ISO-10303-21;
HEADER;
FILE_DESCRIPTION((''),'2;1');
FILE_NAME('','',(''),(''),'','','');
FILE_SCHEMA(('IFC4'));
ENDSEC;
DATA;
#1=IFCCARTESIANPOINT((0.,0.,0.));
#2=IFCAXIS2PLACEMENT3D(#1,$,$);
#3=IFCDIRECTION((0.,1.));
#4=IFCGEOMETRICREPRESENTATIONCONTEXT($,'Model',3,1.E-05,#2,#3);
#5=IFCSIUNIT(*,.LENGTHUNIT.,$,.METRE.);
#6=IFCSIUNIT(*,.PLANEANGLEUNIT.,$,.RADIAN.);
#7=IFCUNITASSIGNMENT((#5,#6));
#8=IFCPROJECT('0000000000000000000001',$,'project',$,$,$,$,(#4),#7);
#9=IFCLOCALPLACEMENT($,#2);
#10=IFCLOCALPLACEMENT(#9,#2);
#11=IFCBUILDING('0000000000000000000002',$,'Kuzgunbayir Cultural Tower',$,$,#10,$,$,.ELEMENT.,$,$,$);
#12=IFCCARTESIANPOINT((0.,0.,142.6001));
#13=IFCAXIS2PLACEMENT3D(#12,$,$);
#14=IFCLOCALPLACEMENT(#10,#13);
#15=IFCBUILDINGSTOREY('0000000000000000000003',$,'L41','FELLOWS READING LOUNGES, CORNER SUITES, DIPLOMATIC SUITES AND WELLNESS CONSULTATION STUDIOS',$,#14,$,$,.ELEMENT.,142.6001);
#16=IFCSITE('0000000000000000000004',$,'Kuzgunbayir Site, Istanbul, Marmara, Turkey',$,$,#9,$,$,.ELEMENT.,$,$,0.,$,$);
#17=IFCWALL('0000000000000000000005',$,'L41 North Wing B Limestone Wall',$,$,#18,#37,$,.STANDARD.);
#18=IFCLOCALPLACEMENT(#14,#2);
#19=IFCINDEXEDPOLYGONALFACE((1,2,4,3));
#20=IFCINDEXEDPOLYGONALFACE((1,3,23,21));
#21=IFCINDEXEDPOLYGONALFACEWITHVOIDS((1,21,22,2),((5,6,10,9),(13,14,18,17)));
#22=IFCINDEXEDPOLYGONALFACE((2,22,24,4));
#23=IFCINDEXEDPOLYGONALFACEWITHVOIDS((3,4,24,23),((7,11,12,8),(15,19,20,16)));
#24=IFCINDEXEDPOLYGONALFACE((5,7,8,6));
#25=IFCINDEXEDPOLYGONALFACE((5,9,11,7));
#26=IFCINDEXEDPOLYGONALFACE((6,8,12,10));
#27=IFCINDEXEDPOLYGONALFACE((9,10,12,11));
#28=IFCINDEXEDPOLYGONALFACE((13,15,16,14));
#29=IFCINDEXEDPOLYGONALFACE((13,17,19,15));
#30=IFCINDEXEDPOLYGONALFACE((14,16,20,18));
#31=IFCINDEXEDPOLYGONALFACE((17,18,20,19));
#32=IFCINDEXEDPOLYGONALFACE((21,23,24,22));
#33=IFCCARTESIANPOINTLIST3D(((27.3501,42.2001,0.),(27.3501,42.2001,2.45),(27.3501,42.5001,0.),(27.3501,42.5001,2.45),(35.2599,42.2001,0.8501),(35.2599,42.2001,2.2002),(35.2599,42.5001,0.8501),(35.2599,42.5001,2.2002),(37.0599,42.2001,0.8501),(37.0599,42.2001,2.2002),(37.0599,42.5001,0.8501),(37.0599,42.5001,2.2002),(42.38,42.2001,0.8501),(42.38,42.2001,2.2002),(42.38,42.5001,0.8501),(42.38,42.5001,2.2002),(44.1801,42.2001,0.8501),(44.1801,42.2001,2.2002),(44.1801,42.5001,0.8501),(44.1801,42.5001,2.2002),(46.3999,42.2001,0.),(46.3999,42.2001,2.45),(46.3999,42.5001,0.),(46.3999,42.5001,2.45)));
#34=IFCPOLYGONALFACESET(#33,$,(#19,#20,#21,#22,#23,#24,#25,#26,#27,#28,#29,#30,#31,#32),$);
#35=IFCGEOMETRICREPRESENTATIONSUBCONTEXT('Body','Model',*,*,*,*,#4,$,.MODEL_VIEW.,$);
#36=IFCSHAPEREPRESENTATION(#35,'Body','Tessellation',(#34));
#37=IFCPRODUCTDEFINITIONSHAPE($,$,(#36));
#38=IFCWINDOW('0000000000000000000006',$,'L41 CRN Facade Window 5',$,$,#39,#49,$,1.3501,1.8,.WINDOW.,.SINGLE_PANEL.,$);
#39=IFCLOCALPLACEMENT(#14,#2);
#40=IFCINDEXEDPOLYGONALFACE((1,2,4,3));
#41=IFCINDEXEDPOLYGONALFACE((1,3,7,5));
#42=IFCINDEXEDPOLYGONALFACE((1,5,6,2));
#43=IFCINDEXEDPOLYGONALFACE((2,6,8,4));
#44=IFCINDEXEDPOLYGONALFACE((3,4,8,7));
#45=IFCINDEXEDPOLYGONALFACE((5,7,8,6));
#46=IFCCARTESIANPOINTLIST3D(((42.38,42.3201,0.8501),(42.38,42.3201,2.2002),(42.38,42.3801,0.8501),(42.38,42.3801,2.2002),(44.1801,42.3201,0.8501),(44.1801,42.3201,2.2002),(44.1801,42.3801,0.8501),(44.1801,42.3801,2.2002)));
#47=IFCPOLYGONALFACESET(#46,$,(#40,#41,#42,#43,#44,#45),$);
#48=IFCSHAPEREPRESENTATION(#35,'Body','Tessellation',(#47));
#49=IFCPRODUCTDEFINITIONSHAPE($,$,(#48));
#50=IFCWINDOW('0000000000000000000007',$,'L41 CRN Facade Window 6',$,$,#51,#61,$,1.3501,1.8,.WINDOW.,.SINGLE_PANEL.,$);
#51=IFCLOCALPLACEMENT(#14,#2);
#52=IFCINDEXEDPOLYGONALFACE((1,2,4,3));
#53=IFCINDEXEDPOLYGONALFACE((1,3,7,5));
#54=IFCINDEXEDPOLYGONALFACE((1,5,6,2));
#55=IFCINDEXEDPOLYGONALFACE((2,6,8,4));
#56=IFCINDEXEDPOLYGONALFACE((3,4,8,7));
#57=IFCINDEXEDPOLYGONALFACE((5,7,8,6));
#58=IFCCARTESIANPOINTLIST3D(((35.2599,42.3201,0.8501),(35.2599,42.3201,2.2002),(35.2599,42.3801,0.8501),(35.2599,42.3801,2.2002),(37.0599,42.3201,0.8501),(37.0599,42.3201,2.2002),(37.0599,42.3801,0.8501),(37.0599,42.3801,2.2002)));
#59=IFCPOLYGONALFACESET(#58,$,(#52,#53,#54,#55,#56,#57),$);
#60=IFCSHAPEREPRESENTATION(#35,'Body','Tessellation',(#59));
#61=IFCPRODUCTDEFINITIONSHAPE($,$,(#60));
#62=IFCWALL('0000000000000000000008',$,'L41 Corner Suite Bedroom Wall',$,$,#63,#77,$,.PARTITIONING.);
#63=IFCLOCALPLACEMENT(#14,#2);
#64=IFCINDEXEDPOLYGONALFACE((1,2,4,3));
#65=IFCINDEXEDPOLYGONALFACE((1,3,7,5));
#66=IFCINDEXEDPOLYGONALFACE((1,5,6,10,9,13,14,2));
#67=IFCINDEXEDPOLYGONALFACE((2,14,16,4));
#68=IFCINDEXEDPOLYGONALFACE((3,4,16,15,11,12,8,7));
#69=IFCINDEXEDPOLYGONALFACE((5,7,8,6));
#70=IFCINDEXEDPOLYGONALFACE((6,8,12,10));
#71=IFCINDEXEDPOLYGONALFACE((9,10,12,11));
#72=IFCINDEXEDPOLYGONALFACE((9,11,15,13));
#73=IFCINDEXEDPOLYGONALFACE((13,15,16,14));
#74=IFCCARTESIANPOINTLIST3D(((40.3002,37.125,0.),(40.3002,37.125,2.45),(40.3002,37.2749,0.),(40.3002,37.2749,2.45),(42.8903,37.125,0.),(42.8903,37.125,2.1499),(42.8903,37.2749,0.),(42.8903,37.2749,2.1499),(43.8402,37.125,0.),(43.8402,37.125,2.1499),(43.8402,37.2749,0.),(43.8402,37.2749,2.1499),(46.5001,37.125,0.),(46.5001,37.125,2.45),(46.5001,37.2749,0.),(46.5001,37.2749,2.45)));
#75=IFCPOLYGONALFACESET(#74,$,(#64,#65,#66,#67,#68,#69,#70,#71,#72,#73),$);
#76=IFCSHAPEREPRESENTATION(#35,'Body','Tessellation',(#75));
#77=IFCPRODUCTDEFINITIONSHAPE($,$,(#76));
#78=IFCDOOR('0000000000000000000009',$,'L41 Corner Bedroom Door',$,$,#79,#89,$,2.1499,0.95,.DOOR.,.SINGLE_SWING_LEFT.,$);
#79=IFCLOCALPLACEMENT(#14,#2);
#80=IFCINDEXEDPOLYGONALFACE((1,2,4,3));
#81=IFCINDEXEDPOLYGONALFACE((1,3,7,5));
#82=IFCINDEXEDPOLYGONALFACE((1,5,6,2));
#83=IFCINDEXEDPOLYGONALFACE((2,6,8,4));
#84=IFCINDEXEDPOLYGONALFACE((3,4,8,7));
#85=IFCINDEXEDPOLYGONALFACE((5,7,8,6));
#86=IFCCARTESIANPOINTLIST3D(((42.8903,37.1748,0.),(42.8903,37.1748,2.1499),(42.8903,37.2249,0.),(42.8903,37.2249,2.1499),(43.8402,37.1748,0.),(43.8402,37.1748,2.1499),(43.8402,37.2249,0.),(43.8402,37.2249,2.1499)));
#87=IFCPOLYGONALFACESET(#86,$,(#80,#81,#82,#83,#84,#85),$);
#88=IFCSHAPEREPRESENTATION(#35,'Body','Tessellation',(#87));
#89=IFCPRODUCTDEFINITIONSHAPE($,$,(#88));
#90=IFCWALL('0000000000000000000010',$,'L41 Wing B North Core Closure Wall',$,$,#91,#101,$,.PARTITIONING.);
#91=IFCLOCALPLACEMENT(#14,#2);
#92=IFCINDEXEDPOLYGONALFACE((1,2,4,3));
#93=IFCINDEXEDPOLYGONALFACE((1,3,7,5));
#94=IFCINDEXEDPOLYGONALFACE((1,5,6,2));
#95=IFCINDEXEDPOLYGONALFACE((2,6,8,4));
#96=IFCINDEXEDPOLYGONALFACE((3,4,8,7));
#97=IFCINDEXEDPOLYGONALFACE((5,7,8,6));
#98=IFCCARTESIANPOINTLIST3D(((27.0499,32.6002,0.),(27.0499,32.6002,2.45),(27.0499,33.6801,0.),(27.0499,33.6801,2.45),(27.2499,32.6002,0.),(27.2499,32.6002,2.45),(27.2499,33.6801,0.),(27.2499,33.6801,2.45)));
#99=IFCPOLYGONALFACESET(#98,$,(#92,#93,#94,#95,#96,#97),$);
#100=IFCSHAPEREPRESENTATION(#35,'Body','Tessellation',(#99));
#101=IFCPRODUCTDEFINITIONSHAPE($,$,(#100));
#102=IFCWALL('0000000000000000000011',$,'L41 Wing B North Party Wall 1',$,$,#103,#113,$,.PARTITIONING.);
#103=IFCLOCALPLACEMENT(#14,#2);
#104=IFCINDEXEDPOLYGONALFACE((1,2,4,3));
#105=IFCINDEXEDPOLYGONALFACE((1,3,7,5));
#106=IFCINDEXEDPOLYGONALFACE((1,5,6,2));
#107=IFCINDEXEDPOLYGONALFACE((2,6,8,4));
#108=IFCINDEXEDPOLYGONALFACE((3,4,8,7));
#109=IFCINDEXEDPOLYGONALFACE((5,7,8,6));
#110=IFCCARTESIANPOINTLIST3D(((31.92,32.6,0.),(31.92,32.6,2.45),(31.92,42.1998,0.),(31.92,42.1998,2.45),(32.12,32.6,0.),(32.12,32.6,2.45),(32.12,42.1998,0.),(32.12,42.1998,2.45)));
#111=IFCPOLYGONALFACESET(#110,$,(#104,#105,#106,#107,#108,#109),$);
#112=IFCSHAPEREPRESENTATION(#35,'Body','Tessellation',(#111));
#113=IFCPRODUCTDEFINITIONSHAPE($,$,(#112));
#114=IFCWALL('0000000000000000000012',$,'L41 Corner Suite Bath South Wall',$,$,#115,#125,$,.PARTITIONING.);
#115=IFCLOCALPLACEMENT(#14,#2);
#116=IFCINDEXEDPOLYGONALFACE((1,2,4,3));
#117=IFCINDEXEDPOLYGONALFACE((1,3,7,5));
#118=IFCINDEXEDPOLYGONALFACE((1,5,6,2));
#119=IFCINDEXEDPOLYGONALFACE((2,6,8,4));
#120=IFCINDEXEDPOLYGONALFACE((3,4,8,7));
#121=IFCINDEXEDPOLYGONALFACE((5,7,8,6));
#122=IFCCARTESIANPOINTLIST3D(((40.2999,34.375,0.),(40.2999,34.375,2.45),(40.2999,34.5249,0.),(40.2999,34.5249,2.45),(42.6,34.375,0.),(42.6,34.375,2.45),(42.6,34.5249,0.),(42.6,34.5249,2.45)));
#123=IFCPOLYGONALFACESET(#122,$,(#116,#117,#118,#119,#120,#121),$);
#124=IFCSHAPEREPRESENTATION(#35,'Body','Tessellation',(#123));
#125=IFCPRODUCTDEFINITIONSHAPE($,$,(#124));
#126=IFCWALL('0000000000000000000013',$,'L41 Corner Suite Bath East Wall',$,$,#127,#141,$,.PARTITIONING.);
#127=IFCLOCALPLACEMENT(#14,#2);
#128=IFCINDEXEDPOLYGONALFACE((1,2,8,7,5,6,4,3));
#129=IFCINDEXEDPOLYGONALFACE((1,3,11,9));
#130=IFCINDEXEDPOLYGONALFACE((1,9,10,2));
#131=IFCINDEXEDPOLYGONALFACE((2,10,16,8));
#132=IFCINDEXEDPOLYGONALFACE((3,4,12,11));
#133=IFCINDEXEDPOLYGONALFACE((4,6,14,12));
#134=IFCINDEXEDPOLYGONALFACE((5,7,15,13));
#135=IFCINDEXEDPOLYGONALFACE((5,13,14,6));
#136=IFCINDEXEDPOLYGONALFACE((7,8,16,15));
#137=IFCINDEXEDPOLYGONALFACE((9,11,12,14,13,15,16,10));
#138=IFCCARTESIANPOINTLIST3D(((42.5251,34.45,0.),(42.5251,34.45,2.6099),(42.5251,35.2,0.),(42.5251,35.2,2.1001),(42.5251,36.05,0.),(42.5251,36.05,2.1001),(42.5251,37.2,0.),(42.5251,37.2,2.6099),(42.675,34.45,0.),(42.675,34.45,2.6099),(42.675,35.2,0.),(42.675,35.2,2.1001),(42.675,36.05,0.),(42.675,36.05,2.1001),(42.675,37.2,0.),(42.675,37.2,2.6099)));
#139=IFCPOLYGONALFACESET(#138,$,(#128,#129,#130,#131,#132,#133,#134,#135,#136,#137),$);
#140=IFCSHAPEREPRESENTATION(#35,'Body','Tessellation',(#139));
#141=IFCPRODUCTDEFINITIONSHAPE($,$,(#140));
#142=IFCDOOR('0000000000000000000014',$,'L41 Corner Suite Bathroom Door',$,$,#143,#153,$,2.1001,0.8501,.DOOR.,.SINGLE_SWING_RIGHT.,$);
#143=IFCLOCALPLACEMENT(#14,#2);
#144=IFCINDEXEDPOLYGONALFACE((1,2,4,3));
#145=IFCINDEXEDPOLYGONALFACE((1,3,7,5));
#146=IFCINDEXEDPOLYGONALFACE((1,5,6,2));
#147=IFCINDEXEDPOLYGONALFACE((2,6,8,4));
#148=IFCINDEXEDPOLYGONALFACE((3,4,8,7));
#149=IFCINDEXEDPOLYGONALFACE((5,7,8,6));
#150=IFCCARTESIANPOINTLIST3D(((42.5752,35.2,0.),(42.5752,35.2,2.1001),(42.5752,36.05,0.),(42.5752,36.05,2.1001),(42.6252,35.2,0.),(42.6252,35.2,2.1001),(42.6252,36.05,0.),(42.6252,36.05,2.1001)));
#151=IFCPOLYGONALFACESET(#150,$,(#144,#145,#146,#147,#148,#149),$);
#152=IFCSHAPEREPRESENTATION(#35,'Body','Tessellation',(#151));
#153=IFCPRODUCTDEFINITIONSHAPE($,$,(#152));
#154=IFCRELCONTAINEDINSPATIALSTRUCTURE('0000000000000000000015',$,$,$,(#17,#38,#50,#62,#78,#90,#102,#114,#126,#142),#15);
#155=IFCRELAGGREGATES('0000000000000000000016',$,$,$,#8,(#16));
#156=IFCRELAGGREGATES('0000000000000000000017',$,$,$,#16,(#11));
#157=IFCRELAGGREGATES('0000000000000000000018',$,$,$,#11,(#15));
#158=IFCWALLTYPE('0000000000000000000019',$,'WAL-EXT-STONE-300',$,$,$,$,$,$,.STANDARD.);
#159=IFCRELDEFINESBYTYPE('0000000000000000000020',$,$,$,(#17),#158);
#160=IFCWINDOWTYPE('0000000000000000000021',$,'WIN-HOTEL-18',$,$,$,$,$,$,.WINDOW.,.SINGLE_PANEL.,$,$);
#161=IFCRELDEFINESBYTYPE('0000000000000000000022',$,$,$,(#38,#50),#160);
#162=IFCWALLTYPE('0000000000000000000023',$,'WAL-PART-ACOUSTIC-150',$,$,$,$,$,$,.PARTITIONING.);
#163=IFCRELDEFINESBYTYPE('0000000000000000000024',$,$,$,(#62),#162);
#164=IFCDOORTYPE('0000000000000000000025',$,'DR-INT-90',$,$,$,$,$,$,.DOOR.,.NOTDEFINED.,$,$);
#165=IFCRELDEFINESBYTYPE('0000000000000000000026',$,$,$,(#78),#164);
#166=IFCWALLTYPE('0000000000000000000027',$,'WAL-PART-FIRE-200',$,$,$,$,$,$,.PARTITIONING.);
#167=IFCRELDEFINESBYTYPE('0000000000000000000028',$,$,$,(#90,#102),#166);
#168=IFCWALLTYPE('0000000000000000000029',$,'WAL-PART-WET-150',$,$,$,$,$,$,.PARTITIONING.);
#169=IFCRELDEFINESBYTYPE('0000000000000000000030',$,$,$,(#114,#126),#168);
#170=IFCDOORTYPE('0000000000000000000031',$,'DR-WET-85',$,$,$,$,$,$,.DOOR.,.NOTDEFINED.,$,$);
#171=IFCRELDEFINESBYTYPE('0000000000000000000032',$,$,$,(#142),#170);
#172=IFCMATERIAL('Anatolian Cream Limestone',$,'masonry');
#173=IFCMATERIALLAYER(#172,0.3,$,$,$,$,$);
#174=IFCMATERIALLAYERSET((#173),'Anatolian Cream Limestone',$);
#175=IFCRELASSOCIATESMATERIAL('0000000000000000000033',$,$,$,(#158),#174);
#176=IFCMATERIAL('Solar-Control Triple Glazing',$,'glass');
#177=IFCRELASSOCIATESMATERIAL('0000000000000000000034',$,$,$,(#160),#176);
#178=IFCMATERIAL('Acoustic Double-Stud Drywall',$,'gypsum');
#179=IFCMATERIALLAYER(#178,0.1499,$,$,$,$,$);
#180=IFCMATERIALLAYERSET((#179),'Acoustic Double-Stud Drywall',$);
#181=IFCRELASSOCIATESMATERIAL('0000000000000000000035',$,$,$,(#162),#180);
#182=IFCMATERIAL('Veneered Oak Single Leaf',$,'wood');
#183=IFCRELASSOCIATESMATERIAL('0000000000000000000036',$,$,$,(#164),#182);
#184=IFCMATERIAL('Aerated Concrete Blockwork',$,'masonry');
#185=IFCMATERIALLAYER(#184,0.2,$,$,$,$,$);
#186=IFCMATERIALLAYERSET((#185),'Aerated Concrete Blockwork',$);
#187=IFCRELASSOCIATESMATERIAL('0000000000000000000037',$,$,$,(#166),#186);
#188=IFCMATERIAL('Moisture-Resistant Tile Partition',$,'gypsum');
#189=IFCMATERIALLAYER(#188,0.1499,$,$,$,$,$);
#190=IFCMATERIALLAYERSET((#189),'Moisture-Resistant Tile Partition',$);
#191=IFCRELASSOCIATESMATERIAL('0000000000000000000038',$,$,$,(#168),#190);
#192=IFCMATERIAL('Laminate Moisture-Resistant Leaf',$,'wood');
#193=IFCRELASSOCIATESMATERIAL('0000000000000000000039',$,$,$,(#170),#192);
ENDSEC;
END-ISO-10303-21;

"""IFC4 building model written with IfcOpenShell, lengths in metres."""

from ifc_helpers import new_model, si_unit, direction, frame, frame_2d, origin, place, context, subcontext, project, spatial, rectangle, extrude, material, layer, layer_set, type_object, element, fill, save


model = new_model("IFC4")

# Units and contexts
model_context = context("Model", 3, precision=1e-05, world=origin(), true_north=direction((0.0, 1.0)))
body_context = subcontext(model_context, "Body", "Model", "MODEL_VIEW")
ifc_project = project(units=[si_unit("LENGTHUNIT", "METRE"), si_unit("PLANEANGLEUNIT", "RADIAN")], contexts=[model_context])

# Site, building, storey
site_placement = place(None, origin())
site = spatial("IfcSite", under=ifc_project, at=site_placement, Name="Kuzgunbayir Site, Istanbul, Marmara, Turkey", CompositionType="ELEMENT", RefElevation=0.0)
building_placement = place(site_placement, origin())
building = spatial("IfcBuilding", under=site, at=building_placement, Name="Kuzgunbayir Cultural Tower", CompositionType="ELEMENT")
storey_placement = place(building_placement, frame((0.0, 0.0, 142.6001)))
storey = spatial("IfcBuildingStorey", under=building, at=storey_placement, Name="L41", Description="FELLOWS READING LOUNGES, CORNER SUITES, DIPLOMATIC SUITES AND WELLNESS CONSULTATION STUDIOS", CompositionType="ELEMENT", Elevation=142.6001)

# Wall, openings, windows
ifc_material_1 = material(Name="Anatolian Cream Limestone", Category="masonry")
ifc_layer_1 = layer(ifc_material_1, 0.3)
ifc_layer_set_1 = layer_set([ifc_layer_1], Name="Anatolian Cream Limestone")
wall_type_1 = type_object("IfcWallType", Name="WAL-EXT-STONE-300", PredefinedType="STANDARD", material=ifc_layer_set_1)
wall_1_placement = place(storey_placement, frame((46.3999, 42.3501, 0.0), z_axis=(0.0, 0.0, 1.0), x_axis=(-1.0, 0.0, 0.0)))
wall_1 = element("IfcWall", 1, at=wall_1_placement, inside=storey, type_object=wall_type_1, Name="L41 North Wing B Limestone Wall", PredefinedType="STANDARD", context=body_context, shape_type="SweptSolid", body=[
    extrude(rectangle(XDim=19.0498, YDim=0.3, at=frame_2d((9.5249, 0.0))), origin(), (0.0, 0.0, 1.0), 2.45),
])
opening_1_placement = place(wall_1_placement, frame((2.22, 0.0, 0.8501)))
opening_1 = element("IfcOpeningElement", 2, at=opening_1_placement, cuts=wall_1, PredefinedType="OPENING", context=body_context, shape_type="SweptSolid", body=[
    extrude(rectangle(XDim=1.8, YDim=1.3501, at=frame_2d((0.8999, 0.675))), frame((0.0, 0.1602, 0.0), z_axis=(0.0, -1.0, 0.0), x_axis=(1.0, 0.0, 0.0)), (0.0, 0.0, 1.0), 0.3201),
])
opening_2_placement = place(wall_1_placement, frame((9.3401, 0.0, 0.8501)))
opening_2 = element("IfcOpeningElement", 3, at=opening_2_placement, cuts=wall_1, PredefinedType="OPENING", context=body_context, shape_type="SweptSolid", body=[
    extrude(rectangle(XDim=1.8, YDim=1.3501, at=frame_2d((0.8999, 0.675))), frame((0.0, 0.1602, 0.0), z_axis=(0.0, -1.0, 0.0), x_axis=(1.0, 0.0, 0.0)), (0.0, 0.0, 1.0), 0.3201),
])
ifc_material_2 = material(Name="Solar-Control Triple Glazing", Category="glass")
window_type = type_object("IfcWindowType", Name="WIN-HOTEL-18", PartitioningType="SINGLE_PANEL", PredefinedType="WINDOW", material=ifc_material_2)
window_1_placement = place(opening_1_placement, origin())
window_1 = element("IfcWindow", 4, at=window_1_placement, inside=storey, type_object=window_type, Name="L41 CRN Facade Window 5", OverallHeight=1.3501, OverallWidth=1.8, PartitioningType="SINGLE_PANEL", PredefinedType="WINDOW", context=body_context, shape_type="SweptSolid", body=[
    extrude(rectangle(XDim=1.8, YDim=1.3501, at=frame_2d((0.8999, 0.675))), frame((0.0, 0.03, 0.0), z_axis=(0.0, -1.0, 0.0), x_axis=(1.0, 0.0, 0.0)), (0.0, 0.0, 1.0), 0.0601),
])
fill(opening_1, window_1)
window_2_placement = place(opening_2_placement, origin())
window_2 = element("IfcWindow", 5, at=window_2_placement, inside=storey, type_object=window_type, Name="L41 CRN Facade Window 6", OverallHeight=1.3501, OverallWidth=1.8, PartitioningType="SINGLE_PANEL", PredefinedType="WINDOW", context=body_context, shape_type="SweptSolid", body=[
    extrude(rectangle(XDim=1.8, YDim=1.3501, at=frame_2d((0.8999, 0.675))), frame((0.0, 0.03, 0.0), z_axis=(0.0, -1.0, 0.0), x_axis=(1.0, 0.0, 0.0)), (0.0, 0.0, 1.0), 0.0601),
])
fill(opening_2, window_2)

# Wall, opening, door
ifc_material_3 = material(Name="Acoustic Double-Stud Drywall", Category="gypsum")
ifc_layer_2 = layer(ifc_material_3, 0.1499)
ifc_layer_set_2 = layer_set([ifc_layer_2], Name="Acoustic Double-Stud Drywall")
wall_type_2 = type_object("IfcWallType", Name="WAL-PART-ACOUSTIC-150", PredefinedType="PARTITIONING", material=ifc_layer_set_2)
wall_2_placement = place(storey_placement, frame((40.3, 37.2, 0.0), z_axis=(0.0, 0.0, 1.0), x_axis=(1.0, 0.0, 0.0)))
wall_2 = element("IfcWall", 6, at=wall_2_placement, inside=storey, type_object=wall_type_2, Name="L41 Corner Suite Bedroom Wall", PredefinedType="PARTITIONING", context=body_context, shape_type="SweptSolid", body=[
    extrude(rectangle(XDim=6.2, YDim=0.1499, at=frame_2d((3.1001, 0.0))), origin(), (0.0, 0.0, 1.0), 2.45),
])
opening_3_placement = place(wall_2_placement, frame((2.5901, 0.0, 0.0)))
opening_3 = element("IfcOpeningElement", 7, at=opening_3_placement, cuts=wall_2, PredefinedType="OPENING", context=body_context, shape_type="SweptSolid", body=[
    extrude(rectangle(XDim=0.95, YDim=2.1499, at=frame_2d((0.4751, 1.075))), frame((0.0, 0.085, 0.0), z_axis=(0.0, -1.0, 0.0), x_axis=(1.0, 0.0, 0.0)), (0.0, 0.0, 1.0), 0.1699),
])
ifc_material_4 = material(Name="Veneered Oak Single Leaf", Category="wood")
door_type_1 = type_object("IfcDoorType", Name="DR-INT-90", OperationType="NOTDEFINED", PredefinedType="DOOR", material=ifc_material_4)
door_1_placement = place(opening_3_placement, origin())
door_1 = element("IfcDoor", 8, at=door_1_placement, inside=storey, type_object=door_type_1, Name="L41 Corner Bedroom Door", OperationType="SINGLE_SWING_LEFT", OverallHeight=2.1499, OverallWidth=0.95, PredefinedType="DOOR", context=body_context, shape_type="SweptSolid", body=[
    extrude(rectangle(XDim=0.95, YDim=2.1499, at=frame_2d((0.4751, 1.075))), frame((0.0, 0.0249, 0.0), z_axis=(0.0, -1.0, 0.0), x_axis=(1.0, 0.0, 0.0)), (0.0, 0.0, 1.0), 0.05),
])
fill(opening_3, door_1)

# Shared definitions
ifc_material_5 = material(Name="Aerated Concrete Blockwork", Category="masonry")
ifc_layer_3 = layer(ifc_material_5, 0.2)
ifc_layer_set_3 = layer_set([ifc_layer_3], Name="Aerated Concrete Blockwork")
wall_type_3 = type_object("IfcWallType", Name="WAL-PART-FIRE-200", PredefinedType="PARTITIONING", material=ifc_layer_set_3)

# Walls
wall_3_placement = place(storey_placement, frame((27.1499, 32.6001, 0.0), z_axis=(0.0, 0.0, 1.0), x_axis=(0.0, 1.0, 0.0)))
element("IfcWall", 9, at=wall_3_placement, inside=storey, type_object=wall_type_3, Name="L41 Wing B North Core Closure Wall", PredefinedType="PARTITIONING", context=body_context, shape_type="SweptSolid", body=[
    extrude(rectangle(XDim=1.0798, YDim=0.2, at=frame_2d((0.54, 0.0))), origin(), (0.0, 0.0, 1.0), 2.45),
])
wall_4_placement = place(storey_placement, frame((32.02, 32.6001, 0.0), z_axis=(0.0, 0.0, 1.0), x_axis=(0.0, 1.0, 0.0)))
element("IfcWall", 10, at=wall_4_placement, inside=storey, type_object=wall_type_3, Name="L41 Wing B North Party Wall 1", PredefinedType="PARTITIONING", context=body_context, shape_type="SweptSolid", body=[
    extrude(rectangle(XDim=9.5999, YDim=0.2, at=frame_2d((4.7998, 0.0))), origin(), (0.0, 0.0, 1.0), 2.45),
])
ifc_material_6 = material(Name="Moisture-Resistant Tile Partition", Category="gypsum")
ifc_layer_4 = layer(ifc_material_6, 0.1499)
ifc_layer_set_4 = layer_set([ifc_layer_4], Name="Moisture-Resistant Tile Partition")
wall_type_4 = type_object("IfcWallType", Name="WAL-PART-WET-150", PredefinedType="PARTITIONING", material=ifc_layer_set_4)
wall_5_placement = place(storey_placement, frame((40.3, 34.45, 0.0), z_axis=(0.0, 0.0, 1.0), x_axis=(1.0, 0.0, 0.0)))
element("IfcWall", 11, at=wall_5_placement, inside=storey, type_object=wall_type_4, Name="L41 Corner Suite Bath South Wall", PredefinedType="PARTITIONING", context=body_context, shape_type="SweptSolid", body=[
    extrude(rectangle(XDim=2.3, YDim=0.1499, at=frame_2d((1.1499, 0.0))), origin(), (0.0, 0.0, 1.0), 2.45),
])

# Wall, opening, door
wall_6_placement = place(storey_placement, frame((42.6001, 34.45, 0.0), z_axis=(0.0, 0.0, 1.0), x_axis=(0.0, 1.0, 0.0)))
wall_6 = element("IfcWall", 12, at=wall_6_placement, inside=storey, type_object=wall_type_4, Name="L41 Corner Suite Bath East Wall", PredefinedType="PARTITIONING", context=body_context, shape_type="SweptSolid", body=[
    extrude(rectangle(XDim=2.75, YDim=0.1499, at=frame_2d((1.375, 0.0))), origin(), (0.0, 0.0, 1.0), 2.6099),
])
opening_4_placement = place(wall_6_placement, frame((0.75, 0.0, 0.0)))
opening_4 = element("IfcOpeningElement", 13, at=opening_4_placement, cuts=wall_6, PredefinedType="OPENING", context=body_context, shape_type="SweptSolid", body=[
    extrude(rectangle(XDim=0.8501, YDim=2.1001, at=frame_2d((0.425, 1.05))), frame((0.0, 0.085, 0.0), z_axis=(0.0, -1.0, 0.0), x_axis=(1.0, 0.0, 0.0)), (0.0, 0.0, 1.0), 0.1699),
])
ifc_material_7 = material(Name="Laminate Moisture-Resistant Leaf", Category="wood")
door_type_2 = type_object("IfcDoorType", Name="DR-WET-85", OperationType="NOTDEFINED", PredefinedType="DOOR", material=ifc_material_7)
door_2_placement = place(opening_4_placement, origin())
door_2 = element("IfcDoor", 14, at=door_2_placement, inside=storey, type_object=door_type_2, Name="L41 Corner Suite Bathroom Door", OperationType="SINGLE_SWING_RIGHT", OverallHeight=2.1001, OverallWidth=0.8501, PredefinedType="DOOR", context=body_context, shape_type="SweptSolid", body=[
    extrude(rectangle(XDim=0.8501, YDim=2.1001, at=frame_2d((0.425, 1.05))), frame((0.0, 0.0249, 0.0), z_axis=(0.0, -1.0, 0.0), x_axis=(1.0, 0.0, 0.0)), (0.0, 0.0, 1.0), 0.05),
])
fill(opening_4, door_2)

save(model, "model.ifc")
